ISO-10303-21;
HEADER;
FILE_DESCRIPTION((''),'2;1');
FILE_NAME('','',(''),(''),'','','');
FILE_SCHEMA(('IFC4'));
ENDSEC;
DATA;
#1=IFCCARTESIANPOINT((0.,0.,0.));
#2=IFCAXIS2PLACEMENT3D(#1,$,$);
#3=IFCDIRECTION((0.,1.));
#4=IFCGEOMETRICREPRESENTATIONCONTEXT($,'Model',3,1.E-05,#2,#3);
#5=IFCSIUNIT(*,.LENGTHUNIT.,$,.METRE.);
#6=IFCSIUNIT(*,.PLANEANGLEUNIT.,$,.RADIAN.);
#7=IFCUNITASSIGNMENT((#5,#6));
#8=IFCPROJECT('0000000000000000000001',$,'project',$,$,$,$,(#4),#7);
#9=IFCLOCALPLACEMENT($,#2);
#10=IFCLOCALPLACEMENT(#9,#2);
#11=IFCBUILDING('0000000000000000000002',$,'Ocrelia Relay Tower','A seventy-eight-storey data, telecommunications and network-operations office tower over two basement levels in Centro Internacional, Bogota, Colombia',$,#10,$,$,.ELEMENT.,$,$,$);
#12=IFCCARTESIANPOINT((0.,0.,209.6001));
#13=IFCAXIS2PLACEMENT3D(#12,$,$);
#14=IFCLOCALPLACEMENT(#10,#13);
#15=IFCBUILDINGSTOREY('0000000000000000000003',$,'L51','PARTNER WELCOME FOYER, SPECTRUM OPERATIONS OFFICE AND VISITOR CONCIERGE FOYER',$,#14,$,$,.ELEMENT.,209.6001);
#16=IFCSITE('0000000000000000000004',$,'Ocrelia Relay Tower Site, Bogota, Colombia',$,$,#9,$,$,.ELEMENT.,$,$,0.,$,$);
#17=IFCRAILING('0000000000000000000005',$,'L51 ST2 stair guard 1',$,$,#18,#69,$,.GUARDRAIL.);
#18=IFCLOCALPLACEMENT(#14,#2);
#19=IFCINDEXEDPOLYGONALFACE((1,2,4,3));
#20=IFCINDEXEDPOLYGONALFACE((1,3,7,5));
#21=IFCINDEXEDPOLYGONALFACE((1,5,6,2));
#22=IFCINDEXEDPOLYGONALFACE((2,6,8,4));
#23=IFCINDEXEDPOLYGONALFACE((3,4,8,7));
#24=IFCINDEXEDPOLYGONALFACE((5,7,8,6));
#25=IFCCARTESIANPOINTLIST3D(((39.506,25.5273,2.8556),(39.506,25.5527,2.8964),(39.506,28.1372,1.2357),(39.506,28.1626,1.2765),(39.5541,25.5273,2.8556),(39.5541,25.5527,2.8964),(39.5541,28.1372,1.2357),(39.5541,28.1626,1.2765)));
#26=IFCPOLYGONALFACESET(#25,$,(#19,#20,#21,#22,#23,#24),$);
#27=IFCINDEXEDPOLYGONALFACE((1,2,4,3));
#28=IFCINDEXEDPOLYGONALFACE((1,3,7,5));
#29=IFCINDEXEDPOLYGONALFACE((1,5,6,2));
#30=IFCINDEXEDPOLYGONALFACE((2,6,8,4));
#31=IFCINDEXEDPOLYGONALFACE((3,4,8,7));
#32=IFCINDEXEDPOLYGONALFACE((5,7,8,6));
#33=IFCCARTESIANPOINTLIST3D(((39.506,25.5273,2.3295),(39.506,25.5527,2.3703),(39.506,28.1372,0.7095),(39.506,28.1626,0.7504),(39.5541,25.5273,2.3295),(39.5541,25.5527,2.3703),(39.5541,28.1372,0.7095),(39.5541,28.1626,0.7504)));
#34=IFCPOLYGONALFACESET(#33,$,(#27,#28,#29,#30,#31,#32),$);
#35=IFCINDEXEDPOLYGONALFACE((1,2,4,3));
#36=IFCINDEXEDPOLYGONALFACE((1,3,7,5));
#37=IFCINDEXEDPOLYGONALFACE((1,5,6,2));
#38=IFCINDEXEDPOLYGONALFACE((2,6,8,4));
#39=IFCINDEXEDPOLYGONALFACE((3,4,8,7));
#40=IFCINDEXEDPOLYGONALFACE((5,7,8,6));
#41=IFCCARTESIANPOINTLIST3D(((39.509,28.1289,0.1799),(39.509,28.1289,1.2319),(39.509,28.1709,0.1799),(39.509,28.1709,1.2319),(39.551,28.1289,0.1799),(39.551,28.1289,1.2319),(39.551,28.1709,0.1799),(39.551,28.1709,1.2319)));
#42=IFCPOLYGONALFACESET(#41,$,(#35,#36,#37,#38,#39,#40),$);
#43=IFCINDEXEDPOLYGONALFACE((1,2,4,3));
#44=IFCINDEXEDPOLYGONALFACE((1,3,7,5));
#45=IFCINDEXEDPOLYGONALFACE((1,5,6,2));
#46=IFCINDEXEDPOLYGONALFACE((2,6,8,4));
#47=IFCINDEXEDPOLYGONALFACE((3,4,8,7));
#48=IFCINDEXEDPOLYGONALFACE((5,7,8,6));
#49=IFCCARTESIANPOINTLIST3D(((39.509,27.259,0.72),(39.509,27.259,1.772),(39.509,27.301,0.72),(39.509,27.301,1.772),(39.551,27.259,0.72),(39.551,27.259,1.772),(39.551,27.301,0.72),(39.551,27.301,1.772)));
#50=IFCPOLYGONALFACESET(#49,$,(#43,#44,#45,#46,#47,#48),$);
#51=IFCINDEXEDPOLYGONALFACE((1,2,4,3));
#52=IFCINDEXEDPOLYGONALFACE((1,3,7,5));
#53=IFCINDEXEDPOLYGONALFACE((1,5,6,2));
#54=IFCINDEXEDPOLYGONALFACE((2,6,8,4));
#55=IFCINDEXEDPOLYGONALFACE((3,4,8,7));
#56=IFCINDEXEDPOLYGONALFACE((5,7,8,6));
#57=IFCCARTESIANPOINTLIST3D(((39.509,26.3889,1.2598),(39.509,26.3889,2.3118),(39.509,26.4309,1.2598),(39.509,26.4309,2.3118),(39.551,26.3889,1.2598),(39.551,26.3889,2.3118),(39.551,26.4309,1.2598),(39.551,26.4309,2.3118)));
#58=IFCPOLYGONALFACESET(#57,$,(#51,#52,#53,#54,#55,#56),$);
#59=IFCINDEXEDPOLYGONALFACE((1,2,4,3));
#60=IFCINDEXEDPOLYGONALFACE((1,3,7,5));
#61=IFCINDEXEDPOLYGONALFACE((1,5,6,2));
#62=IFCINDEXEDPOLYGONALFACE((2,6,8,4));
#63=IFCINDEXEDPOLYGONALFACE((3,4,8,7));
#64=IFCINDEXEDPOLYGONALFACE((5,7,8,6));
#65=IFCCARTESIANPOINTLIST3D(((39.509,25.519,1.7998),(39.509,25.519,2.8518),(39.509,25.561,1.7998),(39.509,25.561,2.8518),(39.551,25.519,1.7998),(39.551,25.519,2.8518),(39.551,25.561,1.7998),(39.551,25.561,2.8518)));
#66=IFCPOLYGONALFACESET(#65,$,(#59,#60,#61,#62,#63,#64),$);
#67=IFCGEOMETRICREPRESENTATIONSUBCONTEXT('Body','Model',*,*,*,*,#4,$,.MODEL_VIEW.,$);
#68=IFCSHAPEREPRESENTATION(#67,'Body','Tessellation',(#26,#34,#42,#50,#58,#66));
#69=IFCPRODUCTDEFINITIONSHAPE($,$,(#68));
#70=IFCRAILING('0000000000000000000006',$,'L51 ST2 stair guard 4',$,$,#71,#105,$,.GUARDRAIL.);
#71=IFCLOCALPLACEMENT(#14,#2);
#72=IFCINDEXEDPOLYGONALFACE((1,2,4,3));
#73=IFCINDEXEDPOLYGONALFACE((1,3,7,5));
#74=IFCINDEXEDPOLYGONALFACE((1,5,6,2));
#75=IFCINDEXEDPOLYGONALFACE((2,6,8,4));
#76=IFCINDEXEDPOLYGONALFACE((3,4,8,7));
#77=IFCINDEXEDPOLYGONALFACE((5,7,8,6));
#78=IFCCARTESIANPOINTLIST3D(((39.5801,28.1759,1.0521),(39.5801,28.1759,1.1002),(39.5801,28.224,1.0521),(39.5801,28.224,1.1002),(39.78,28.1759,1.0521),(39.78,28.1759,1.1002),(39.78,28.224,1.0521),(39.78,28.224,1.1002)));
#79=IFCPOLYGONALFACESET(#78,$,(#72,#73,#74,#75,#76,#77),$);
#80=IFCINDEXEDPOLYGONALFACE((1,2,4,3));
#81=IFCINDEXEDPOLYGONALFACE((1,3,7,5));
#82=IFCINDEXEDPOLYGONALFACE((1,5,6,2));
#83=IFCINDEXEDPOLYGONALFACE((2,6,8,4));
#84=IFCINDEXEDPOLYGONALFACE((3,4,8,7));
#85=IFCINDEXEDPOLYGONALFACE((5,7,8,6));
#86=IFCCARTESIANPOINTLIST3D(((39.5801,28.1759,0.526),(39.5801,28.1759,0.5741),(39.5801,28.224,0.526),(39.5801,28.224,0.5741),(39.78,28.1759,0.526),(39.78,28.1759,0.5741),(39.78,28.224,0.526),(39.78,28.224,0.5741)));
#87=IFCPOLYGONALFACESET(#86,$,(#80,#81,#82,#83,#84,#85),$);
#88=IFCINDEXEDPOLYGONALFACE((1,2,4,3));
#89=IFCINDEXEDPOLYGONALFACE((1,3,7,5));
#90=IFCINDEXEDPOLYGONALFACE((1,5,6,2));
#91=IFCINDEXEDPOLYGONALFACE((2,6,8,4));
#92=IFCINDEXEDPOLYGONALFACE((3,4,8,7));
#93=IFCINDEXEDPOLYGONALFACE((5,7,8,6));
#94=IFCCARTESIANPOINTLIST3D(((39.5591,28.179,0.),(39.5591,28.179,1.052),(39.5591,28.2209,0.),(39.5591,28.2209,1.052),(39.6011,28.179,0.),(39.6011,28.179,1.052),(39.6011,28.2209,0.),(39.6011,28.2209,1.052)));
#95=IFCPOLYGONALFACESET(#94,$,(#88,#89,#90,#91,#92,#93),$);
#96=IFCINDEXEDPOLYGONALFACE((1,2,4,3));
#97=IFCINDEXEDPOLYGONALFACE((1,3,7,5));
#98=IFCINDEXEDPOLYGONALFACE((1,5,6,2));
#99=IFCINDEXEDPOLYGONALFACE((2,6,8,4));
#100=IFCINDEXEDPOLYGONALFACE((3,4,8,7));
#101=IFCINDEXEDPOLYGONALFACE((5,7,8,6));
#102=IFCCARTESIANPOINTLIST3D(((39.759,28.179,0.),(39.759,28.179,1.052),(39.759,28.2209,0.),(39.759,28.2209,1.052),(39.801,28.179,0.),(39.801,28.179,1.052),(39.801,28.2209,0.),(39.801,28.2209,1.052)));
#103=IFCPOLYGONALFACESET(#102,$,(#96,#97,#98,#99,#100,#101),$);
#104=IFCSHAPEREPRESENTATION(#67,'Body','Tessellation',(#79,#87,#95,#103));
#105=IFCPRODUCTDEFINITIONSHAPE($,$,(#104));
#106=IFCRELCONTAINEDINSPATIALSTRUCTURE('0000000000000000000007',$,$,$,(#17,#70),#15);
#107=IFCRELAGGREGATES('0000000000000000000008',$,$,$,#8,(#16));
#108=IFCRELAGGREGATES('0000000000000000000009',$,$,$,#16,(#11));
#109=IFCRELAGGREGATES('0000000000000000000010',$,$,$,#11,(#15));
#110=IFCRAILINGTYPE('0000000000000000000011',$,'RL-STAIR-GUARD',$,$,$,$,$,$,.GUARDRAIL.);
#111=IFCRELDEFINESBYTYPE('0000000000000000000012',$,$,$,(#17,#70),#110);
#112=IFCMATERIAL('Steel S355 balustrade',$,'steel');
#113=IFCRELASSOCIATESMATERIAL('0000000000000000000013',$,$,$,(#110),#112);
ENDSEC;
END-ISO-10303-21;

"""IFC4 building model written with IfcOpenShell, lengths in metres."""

from ifc_helpers import new_model, si_unit, direction, frame, origin, origin_2d, place, context, subcontext, project, spatial, rectangle, extrude, material, type_object, element, save


model = new_model("IFC4")

# Units and contexts
model_context = context("Model", 3, precision=1e-05, world=origin(), true_north=direction((0.0, 1.0)))
body_context = subcontext(model_context, "Body", "Model", "MODEL_VIEW")
ifc_project = project(units=[si_unit("LENGTHUNIT", "METRE"), si_unit("PLANEANGLEUNIT", "RADIAN")], contexts=[model_context])

# Site, building, storey
site_placement = place(None, origin())
site = spatial("IfcSite", under=ifc_project, at=site_placement, Name="Ocrelia Relay Tower Site, Bogota, Colombia", CompositionType="ELEMENT", RefElevation=0.0)
building_placement = place(site_placement, origin())
building = spatial("IfcBuilding", under=site, at=building_placement, Name="Ocrelia Relay Tower", Description="A seventy-eight-storey data, telecommunications and network-operations office tower over two basement levels in Centro Internacional, Bogota, Colombia", CompositionType="ELEMENT")
storey_placement = place(building_placement, frame((0.0, 0.0, 209.6001)))
storey = spatial("IfcBuildingStorey", under=building, at=storey_placement, Name="L51", Description="PARTNER WELCOME FOYER, SPECTRUM OPERATIONS OFFICE AND VISITOR CONCIERGE FOYER", CompositionType="ELEMENT", Elevation=209.6001)

# Railings
ifc_material_1 = material(Name="Steel S355 balustrade", Category="steel")
railing_type = type_object("IfcRailingType", Name="RL-STAIR-GUARD", PredefinedType="GUARDRAIL", material=ifc_material_1)
railing_1_placement = place(storey_placement, frame((39.53, 28.1499, 0.1799)))
element("IfcRailing", 1, at=railing_1_placement, inside=storey, type_object=railing_type, Name="L51 ST2 stair guard 1", PredefinedType="GUARDRAIL", context=body_context, shape_type="SweptSolid", body=[
    extrude(rectangle(XDim=0.0481, YDim=0.0481, at=origin_2d()), frame((0.0, 0.0, 1.0762), z_axis=(0.0, -0.849646, 0.527353), x_axis=(1.0, 0.0, 0.0)), (0.0, 0.0, 1.0), 3.0718),
    extrude(rectangle(XDim=0.0481, YDim=0.0481, at=origin_2d()), frame((0.0, 0.0, 0.55), z_axis=(0.0, -0.849646, 0.527353), x_axis=(1.0, 0.0, 0.0)), (0.0, 0.0, 1.0), 3.0718),
    extrude(rectangle(XDim=0.042, YDim=0.042, at=origin_2d()), origin(), (0.0, 0.0, 1.0), 1.052),
    extrude(rectangle(XDim=0.042, YDim=0.042, at=origin_2d()), frame((0.0, -0.8699, 0.54)), (0.0, 0.0, 1.0), 1.052),
    extrude(rectangle(XDim=0.042, YDim=0.042, at=origin_2d()), frame((0.0, -1.74, 1.0798)), (0.0, 0.0, 1.0), 1.052),
    extrude(rectangle(XDim=0.042, YDim=0.042, at=origin_2d()), frame((0.0, -2.6099, 1.6199)), (0.0, 0.0, 1.0), 1.052),
])
railing_2_placement = place(storey_placement, frame((39.5801, 28.2, 0.0)))
element("IfcRailing", 2, at=railing_2_placement, inside=storey, type_object=railing_type, Name="L51 ST2 stair guard 4", PredefinedType="GUARDRAIL", context=body_context, shape_type="SweptSolid", body=[
    extrude(rectangle(XDim=0.0481, YDim=0.0481, at=origin_2d()), frame((0.0, 0.0, 1.0762), z_axis=(1.0, 0.0, 0.0), x_axis=(0.0, 1.0, 0.0)), (0.0, 0.0, 1.0), 0.2),
    extrude(rectangle(XDim=0.0481, YDim=0.0481, at=origin_2d()), frame((0.0, 0.0, 0.55), z_axis=(1.0, 0.0, 0.0), x_axis=(0.0, 1.0, 0.0)), (0.0, 0.0, 1.0), 0.2),
    extrude(rectangle(XDim=0.042, YDim=0.042, at=origin_2d()), origin(), (0.0, 0.0, 1.0), 1.052),
    extrude(rectangle(XDim=0.042, YDim=0.042, at=origin_2d()), frame((0.2, 0.0, 0.0)), (0.0, 0.0, 1.0), 1.052),
])

save(model, "model.ifc")
